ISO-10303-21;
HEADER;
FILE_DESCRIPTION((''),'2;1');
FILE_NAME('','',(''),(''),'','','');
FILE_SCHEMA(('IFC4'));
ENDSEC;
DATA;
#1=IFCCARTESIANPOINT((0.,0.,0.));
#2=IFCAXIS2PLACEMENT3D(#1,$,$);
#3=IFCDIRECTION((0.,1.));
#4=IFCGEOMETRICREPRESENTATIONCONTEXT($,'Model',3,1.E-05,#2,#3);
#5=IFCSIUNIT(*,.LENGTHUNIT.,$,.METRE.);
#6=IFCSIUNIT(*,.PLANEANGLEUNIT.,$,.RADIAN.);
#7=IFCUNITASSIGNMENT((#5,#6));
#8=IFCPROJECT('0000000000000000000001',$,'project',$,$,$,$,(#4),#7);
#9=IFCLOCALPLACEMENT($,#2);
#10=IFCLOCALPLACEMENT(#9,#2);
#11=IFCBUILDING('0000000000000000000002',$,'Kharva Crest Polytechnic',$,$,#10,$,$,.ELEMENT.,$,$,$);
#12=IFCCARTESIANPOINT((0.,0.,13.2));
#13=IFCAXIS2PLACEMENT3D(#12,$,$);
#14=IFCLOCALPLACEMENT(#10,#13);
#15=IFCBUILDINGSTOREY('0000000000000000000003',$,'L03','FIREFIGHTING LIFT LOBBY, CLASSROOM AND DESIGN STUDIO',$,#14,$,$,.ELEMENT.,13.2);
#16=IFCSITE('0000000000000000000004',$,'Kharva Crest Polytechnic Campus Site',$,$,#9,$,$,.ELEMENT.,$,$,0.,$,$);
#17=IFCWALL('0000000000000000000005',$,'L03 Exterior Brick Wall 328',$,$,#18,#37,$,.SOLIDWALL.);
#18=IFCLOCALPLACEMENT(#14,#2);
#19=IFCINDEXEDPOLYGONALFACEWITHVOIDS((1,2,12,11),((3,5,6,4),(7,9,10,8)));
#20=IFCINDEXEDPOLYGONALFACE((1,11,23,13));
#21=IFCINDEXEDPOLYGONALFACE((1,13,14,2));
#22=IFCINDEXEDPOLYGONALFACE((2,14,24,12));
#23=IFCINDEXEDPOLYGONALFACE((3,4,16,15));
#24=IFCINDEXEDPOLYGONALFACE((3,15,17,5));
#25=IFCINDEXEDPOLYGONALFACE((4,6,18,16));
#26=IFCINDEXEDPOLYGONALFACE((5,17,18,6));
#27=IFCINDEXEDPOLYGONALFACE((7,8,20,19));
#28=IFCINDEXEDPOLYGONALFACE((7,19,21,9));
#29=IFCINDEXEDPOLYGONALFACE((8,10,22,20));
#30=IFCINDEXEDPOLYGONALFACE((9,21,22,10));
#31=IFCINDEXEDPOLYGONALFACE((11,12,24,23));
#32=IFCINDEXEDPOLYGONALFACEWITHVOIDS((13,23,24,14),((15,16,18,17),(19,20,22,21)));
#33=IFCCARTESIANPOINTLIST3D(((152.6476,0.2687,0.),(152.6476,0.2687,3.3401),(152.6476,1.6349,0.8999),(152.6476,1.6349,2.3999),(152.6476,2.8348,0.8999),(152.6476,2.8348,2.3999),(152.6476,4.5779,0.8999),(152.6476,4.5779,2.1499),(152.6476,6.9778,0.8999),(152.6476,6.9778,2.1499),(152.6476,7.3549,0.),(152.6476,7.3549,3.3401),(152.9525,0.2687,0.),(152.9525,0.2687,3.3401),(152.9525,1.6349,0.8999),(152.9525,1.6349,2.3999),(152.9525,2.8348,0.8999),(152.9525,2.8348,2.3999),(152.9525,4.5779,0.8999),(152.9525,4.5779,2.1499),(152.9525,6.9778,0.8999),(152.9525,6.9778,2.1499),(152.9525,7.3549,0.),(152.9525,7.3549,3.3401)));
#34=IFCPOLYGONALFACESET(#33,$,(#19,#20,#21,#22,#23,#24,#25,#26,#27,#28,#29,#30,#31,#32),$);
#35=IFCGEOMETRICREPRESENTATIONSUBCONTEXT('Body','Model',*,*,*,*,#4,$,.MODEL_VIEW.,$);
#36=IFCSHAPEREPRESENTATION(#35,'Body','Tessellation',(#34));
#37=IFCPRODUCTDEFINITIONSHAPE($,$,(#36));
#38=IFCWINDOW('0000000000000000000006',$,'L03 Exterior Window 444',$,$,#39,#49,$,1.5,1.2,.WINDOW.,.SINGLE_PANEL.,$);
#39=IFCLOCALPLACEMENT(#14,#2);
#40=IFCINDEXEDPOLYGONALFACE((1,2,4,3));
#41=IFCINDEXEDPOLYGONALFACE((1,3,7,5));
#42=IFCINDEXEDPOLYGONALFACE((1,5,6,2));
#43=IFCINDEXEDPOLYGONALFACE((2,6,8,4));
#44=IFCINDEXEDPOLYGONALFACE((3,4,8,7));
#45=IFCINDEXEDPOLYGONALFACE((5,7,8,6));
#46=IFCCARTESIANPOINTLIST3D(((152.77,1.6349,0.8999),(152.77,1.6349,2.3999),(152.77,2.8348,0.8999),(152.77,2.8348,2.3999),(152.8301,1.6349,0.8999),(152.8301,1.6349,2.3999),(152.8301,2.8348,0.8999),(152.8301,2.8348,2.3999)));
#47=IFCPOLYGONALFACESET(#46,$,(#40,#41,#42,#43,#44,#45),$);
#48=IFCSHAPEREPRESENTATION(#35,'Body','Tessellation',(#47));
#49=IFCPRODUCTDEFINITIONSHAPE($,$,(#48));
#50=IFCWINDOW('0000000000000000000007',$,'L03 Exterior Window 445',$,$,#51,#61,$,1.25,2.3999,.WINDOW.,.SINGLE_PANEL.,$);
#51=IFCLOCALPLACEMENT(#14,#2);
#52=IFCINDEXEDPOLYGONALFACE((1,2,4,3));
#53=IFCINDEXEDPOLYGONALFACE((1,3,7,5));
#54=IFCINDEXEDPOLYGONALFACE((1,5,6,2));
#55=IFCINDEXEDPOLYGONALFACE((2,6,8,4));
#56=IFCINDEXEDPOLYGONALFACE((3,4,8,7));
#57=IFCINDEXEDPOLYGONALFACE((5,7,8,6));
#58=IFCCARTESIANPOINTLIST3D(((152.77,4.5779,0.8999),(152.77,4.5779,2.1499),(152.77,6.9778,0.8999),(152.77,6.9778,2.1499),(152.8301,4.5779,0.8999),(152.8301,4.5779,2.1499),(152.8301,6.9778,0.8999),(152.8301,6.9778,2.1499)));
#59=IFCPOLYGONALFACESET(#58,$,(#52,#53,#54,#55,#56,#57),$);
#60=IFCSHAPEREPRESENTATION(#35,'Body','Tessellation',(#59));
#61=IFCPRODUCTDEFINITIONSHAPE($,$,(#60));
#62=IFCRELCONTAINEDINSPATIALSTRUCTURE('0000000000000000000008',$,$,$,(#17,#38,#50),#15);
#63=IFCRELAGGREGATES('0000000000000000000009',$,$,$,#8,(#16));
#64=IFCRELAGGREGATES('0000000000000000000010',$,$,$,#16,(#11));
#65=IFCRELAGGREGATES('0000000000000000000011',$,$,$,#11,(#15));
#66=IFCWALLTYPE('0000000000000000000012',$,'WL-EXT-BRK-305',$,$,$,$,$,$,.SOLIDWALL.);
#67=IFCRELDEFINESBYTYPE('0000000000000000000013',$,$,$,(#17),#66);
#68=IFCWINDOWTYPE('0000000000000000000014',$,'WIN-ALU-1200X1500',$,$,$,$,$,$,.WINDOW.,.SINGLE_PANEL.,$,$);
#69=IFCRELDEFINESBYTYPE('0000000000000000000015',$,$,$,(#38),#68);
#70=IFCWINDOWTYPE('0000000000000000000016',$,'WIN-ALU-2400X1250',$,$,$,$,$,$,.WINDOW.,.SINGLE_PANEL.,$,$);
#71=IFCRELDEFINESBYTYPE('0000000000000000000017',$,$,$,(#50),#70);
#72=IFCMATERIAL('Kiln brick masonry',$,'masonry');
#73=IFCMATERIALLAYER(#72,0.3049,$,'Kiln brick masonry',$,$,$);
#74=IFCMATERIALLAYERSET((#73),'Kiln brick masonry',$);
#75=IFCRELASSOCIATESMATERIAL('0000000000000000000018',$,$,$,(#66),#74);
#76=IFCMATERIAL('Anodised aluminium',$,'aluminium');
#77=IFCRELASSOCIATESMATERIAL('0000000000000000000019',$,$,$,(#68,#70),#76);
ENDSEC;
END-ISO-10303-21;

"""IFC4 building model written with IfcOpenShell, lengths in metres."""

from ifc_helpers import new_model, si_unit, direction, frame, frame_2d, origin, place, context, subcontext, project, spatial, rectangle, extrude, material, layer, layer_set, type_object, element, fill, save


model = new_model("IFC4")

# Units and contexts
model_context = context("Model", 3, precision=1e-05, world=origin(), true_north=direction((0.0, 1.0)))
body_context = subcontext(model_context, "Body", "Model", "MODEL_VIEW")
ifc_project = project(units=[si_unit("LENGTHUNIT", "METRE"), si_unit("PLANEANGLEUNIT", "RADIAN")], contexts=[model_context])

# Site, building, storey
site_placement = place(None, origin())
site = spatial("IfcSite", under=ifc_project, at=site_placement, Name="Kharva Crest Polytechnic Campus Site", CompositionType="ELEMENT", RefElevation=0.0)
building_placement = place(site_placement, origin())
building = spatial("IfcBuilding", under=site, at=building_placement, Name="Kharva Crest Polytechnic", CompositionType="ELEMENT")
storey_placement = place(building_placement, frame((0.0, 0.0, 13.2)))
storey = spatial("IfcBuildingStorey", under=building, at=storey_placement, Name="L03", Description="FIREFIGHTING LIFT LOBBY, CLASSROOM AND DESIGN STUDIO", CompositionType="ELEMENT", Elevation=13.2)

# Wall, openings, windows
ifc_material_1 = material(Name="Kiln brick masonry", Category="masonry")
ifc_layer_1 = layer(ifc_material_1, 0.3049, Name="Kiln brick masonry")
ifc_layer_set_1 = layer_set([ifc_layer_1], Name="Kiln brick masonry")
wall_type = type_object("IfcWallType", Name="WL-EXT-BRK-305", PredefinedType="SOLIDWALL", material=ifc_layer_set_1)
wall_placement = place(storey_placement, frame((152.8, 0.2688, 0.0), z_axis=(0.0, 0.0, 1.0), x_axis=(0.0, 1.0, 0.0)))
wall = element("IfcWall", 1, at=wall_placement, inside=storey, type_object=wall_type, Name="L03 Exterior Brick Wall 328", PredefinedType="SOLIDWALL", context=body_context, shape_type="SweptSolid", body=[
    extrude(rectangle(XDim=7.0862, YDim=0.3049, at=frame_2d((3.543, 0.0))), origin(), (0.0, 0.0, 1.0), 3.3401),
])
opening_1_placement = place(wall_placement, frame((1.366, 0.0, 0.8999)))
opening_1 = element("IfcOpeningElement", 2, at=opening_1_placement, cuts=wall, PredefinedType="OPENING", context=body_context, shape_type="SweptSolid", body=[
    extrude(rectangle(XDim=1.2, YDim=1.5, at=frame_2d((0.6001, 0.75))), frame((0.0, 0.1624, 0.0), z_axis=(0.0, -1.0, 0.0), x_axis=(1.0, 0.0, 0.0)), (0.0, 0.0, 1.0), 0.325),
])
opening_2_placement = place(wall_placement, frame((4.3091, 0.0, 0.8999)))
opening_2 = element("IfcOpeningElement", 3, at=opening_2_placement, cuts=wall, PredefinedType="OPENING", context=body_context, shape_type="SweptSolid", body=[
    extrude(rectangle(XDim=2.3999, YDim=1.25, at=frame_2d((1.2, 0.625))), frame((0.0, 0.1624, 0.0), z_axis=(0.0, -1.0, 0.0), x_axis=(1.0, 0.0, 0.0)), (0.0, 0.0, 1.0), 0.325),
])
ifc_material_2 = material(Name="Anodised aluminium", Category="aluminium")
window_type_1 = type_object("IfcWindowType", Name="WIN-ALU-1200X1500", PartitioningType="SINGLE_PANEL", PredefinedType="WINDOW", material=ifc_material_2)
window_1_placement = place(opening_1_placement, origin())
window_1 = element("IfcWindow", 4, at=window_1_placement, inside=storey, type_object=window_type_1, Name="L03 Exterior Window 444", OverallHeight=1.5, OverallWidth=1.2, PartitioningType="SINGLE_PANEL", PredefinedType="WINDOW", context=body_context, shape_type="SweptSolid", body=[
    extrude(rectangle(XDim=1.2, YDim=1.5, at=frame_2d((0.6001, 0.75))), frame((0.0, 0.03, 0.0), z_axis=(0.0, -1.0, 0.0), x_axis=(1.0, 0.0, 0.0)), (0.0, 0.0, 1.0), 0.0601),
])
fill(opening_1, window_1)
window_type_2 = type_object("IfcWindowType", Name="WIN-ALU-2400X1250", PartitioningType="SINGLE_PANEL", PredefinedType="WINDOW", material=ifc_material_2)
window_2_placement = place(opening_2_placement, origin())
window_2 = element("IfcWindow", 5, at=window_2_placement, inside=storey, type_object=window_type_2, Name="L03 Exterior Window 445", OverallHeight=1.25, OverallWidth=2.3999, PartitioningType="SINGLE_PANEL", PredefinedType="WINDOW", context=body_context, shape_type="SweptSolid", body=[
    extrude(rectangle(XDim=2.3999, YDim=1.25, at=frame_2d((1.2, 0.625))), frame((0.0, 0.03, 0.0), z_axis=(0.0, -1.0, 0.0), x_axis=(1.0, 0.0, 0.0)), (0.0, 0.0, 1.0), 0.0601),
])
fill(opening_2, window_2)

save(model, "model.ifc")
